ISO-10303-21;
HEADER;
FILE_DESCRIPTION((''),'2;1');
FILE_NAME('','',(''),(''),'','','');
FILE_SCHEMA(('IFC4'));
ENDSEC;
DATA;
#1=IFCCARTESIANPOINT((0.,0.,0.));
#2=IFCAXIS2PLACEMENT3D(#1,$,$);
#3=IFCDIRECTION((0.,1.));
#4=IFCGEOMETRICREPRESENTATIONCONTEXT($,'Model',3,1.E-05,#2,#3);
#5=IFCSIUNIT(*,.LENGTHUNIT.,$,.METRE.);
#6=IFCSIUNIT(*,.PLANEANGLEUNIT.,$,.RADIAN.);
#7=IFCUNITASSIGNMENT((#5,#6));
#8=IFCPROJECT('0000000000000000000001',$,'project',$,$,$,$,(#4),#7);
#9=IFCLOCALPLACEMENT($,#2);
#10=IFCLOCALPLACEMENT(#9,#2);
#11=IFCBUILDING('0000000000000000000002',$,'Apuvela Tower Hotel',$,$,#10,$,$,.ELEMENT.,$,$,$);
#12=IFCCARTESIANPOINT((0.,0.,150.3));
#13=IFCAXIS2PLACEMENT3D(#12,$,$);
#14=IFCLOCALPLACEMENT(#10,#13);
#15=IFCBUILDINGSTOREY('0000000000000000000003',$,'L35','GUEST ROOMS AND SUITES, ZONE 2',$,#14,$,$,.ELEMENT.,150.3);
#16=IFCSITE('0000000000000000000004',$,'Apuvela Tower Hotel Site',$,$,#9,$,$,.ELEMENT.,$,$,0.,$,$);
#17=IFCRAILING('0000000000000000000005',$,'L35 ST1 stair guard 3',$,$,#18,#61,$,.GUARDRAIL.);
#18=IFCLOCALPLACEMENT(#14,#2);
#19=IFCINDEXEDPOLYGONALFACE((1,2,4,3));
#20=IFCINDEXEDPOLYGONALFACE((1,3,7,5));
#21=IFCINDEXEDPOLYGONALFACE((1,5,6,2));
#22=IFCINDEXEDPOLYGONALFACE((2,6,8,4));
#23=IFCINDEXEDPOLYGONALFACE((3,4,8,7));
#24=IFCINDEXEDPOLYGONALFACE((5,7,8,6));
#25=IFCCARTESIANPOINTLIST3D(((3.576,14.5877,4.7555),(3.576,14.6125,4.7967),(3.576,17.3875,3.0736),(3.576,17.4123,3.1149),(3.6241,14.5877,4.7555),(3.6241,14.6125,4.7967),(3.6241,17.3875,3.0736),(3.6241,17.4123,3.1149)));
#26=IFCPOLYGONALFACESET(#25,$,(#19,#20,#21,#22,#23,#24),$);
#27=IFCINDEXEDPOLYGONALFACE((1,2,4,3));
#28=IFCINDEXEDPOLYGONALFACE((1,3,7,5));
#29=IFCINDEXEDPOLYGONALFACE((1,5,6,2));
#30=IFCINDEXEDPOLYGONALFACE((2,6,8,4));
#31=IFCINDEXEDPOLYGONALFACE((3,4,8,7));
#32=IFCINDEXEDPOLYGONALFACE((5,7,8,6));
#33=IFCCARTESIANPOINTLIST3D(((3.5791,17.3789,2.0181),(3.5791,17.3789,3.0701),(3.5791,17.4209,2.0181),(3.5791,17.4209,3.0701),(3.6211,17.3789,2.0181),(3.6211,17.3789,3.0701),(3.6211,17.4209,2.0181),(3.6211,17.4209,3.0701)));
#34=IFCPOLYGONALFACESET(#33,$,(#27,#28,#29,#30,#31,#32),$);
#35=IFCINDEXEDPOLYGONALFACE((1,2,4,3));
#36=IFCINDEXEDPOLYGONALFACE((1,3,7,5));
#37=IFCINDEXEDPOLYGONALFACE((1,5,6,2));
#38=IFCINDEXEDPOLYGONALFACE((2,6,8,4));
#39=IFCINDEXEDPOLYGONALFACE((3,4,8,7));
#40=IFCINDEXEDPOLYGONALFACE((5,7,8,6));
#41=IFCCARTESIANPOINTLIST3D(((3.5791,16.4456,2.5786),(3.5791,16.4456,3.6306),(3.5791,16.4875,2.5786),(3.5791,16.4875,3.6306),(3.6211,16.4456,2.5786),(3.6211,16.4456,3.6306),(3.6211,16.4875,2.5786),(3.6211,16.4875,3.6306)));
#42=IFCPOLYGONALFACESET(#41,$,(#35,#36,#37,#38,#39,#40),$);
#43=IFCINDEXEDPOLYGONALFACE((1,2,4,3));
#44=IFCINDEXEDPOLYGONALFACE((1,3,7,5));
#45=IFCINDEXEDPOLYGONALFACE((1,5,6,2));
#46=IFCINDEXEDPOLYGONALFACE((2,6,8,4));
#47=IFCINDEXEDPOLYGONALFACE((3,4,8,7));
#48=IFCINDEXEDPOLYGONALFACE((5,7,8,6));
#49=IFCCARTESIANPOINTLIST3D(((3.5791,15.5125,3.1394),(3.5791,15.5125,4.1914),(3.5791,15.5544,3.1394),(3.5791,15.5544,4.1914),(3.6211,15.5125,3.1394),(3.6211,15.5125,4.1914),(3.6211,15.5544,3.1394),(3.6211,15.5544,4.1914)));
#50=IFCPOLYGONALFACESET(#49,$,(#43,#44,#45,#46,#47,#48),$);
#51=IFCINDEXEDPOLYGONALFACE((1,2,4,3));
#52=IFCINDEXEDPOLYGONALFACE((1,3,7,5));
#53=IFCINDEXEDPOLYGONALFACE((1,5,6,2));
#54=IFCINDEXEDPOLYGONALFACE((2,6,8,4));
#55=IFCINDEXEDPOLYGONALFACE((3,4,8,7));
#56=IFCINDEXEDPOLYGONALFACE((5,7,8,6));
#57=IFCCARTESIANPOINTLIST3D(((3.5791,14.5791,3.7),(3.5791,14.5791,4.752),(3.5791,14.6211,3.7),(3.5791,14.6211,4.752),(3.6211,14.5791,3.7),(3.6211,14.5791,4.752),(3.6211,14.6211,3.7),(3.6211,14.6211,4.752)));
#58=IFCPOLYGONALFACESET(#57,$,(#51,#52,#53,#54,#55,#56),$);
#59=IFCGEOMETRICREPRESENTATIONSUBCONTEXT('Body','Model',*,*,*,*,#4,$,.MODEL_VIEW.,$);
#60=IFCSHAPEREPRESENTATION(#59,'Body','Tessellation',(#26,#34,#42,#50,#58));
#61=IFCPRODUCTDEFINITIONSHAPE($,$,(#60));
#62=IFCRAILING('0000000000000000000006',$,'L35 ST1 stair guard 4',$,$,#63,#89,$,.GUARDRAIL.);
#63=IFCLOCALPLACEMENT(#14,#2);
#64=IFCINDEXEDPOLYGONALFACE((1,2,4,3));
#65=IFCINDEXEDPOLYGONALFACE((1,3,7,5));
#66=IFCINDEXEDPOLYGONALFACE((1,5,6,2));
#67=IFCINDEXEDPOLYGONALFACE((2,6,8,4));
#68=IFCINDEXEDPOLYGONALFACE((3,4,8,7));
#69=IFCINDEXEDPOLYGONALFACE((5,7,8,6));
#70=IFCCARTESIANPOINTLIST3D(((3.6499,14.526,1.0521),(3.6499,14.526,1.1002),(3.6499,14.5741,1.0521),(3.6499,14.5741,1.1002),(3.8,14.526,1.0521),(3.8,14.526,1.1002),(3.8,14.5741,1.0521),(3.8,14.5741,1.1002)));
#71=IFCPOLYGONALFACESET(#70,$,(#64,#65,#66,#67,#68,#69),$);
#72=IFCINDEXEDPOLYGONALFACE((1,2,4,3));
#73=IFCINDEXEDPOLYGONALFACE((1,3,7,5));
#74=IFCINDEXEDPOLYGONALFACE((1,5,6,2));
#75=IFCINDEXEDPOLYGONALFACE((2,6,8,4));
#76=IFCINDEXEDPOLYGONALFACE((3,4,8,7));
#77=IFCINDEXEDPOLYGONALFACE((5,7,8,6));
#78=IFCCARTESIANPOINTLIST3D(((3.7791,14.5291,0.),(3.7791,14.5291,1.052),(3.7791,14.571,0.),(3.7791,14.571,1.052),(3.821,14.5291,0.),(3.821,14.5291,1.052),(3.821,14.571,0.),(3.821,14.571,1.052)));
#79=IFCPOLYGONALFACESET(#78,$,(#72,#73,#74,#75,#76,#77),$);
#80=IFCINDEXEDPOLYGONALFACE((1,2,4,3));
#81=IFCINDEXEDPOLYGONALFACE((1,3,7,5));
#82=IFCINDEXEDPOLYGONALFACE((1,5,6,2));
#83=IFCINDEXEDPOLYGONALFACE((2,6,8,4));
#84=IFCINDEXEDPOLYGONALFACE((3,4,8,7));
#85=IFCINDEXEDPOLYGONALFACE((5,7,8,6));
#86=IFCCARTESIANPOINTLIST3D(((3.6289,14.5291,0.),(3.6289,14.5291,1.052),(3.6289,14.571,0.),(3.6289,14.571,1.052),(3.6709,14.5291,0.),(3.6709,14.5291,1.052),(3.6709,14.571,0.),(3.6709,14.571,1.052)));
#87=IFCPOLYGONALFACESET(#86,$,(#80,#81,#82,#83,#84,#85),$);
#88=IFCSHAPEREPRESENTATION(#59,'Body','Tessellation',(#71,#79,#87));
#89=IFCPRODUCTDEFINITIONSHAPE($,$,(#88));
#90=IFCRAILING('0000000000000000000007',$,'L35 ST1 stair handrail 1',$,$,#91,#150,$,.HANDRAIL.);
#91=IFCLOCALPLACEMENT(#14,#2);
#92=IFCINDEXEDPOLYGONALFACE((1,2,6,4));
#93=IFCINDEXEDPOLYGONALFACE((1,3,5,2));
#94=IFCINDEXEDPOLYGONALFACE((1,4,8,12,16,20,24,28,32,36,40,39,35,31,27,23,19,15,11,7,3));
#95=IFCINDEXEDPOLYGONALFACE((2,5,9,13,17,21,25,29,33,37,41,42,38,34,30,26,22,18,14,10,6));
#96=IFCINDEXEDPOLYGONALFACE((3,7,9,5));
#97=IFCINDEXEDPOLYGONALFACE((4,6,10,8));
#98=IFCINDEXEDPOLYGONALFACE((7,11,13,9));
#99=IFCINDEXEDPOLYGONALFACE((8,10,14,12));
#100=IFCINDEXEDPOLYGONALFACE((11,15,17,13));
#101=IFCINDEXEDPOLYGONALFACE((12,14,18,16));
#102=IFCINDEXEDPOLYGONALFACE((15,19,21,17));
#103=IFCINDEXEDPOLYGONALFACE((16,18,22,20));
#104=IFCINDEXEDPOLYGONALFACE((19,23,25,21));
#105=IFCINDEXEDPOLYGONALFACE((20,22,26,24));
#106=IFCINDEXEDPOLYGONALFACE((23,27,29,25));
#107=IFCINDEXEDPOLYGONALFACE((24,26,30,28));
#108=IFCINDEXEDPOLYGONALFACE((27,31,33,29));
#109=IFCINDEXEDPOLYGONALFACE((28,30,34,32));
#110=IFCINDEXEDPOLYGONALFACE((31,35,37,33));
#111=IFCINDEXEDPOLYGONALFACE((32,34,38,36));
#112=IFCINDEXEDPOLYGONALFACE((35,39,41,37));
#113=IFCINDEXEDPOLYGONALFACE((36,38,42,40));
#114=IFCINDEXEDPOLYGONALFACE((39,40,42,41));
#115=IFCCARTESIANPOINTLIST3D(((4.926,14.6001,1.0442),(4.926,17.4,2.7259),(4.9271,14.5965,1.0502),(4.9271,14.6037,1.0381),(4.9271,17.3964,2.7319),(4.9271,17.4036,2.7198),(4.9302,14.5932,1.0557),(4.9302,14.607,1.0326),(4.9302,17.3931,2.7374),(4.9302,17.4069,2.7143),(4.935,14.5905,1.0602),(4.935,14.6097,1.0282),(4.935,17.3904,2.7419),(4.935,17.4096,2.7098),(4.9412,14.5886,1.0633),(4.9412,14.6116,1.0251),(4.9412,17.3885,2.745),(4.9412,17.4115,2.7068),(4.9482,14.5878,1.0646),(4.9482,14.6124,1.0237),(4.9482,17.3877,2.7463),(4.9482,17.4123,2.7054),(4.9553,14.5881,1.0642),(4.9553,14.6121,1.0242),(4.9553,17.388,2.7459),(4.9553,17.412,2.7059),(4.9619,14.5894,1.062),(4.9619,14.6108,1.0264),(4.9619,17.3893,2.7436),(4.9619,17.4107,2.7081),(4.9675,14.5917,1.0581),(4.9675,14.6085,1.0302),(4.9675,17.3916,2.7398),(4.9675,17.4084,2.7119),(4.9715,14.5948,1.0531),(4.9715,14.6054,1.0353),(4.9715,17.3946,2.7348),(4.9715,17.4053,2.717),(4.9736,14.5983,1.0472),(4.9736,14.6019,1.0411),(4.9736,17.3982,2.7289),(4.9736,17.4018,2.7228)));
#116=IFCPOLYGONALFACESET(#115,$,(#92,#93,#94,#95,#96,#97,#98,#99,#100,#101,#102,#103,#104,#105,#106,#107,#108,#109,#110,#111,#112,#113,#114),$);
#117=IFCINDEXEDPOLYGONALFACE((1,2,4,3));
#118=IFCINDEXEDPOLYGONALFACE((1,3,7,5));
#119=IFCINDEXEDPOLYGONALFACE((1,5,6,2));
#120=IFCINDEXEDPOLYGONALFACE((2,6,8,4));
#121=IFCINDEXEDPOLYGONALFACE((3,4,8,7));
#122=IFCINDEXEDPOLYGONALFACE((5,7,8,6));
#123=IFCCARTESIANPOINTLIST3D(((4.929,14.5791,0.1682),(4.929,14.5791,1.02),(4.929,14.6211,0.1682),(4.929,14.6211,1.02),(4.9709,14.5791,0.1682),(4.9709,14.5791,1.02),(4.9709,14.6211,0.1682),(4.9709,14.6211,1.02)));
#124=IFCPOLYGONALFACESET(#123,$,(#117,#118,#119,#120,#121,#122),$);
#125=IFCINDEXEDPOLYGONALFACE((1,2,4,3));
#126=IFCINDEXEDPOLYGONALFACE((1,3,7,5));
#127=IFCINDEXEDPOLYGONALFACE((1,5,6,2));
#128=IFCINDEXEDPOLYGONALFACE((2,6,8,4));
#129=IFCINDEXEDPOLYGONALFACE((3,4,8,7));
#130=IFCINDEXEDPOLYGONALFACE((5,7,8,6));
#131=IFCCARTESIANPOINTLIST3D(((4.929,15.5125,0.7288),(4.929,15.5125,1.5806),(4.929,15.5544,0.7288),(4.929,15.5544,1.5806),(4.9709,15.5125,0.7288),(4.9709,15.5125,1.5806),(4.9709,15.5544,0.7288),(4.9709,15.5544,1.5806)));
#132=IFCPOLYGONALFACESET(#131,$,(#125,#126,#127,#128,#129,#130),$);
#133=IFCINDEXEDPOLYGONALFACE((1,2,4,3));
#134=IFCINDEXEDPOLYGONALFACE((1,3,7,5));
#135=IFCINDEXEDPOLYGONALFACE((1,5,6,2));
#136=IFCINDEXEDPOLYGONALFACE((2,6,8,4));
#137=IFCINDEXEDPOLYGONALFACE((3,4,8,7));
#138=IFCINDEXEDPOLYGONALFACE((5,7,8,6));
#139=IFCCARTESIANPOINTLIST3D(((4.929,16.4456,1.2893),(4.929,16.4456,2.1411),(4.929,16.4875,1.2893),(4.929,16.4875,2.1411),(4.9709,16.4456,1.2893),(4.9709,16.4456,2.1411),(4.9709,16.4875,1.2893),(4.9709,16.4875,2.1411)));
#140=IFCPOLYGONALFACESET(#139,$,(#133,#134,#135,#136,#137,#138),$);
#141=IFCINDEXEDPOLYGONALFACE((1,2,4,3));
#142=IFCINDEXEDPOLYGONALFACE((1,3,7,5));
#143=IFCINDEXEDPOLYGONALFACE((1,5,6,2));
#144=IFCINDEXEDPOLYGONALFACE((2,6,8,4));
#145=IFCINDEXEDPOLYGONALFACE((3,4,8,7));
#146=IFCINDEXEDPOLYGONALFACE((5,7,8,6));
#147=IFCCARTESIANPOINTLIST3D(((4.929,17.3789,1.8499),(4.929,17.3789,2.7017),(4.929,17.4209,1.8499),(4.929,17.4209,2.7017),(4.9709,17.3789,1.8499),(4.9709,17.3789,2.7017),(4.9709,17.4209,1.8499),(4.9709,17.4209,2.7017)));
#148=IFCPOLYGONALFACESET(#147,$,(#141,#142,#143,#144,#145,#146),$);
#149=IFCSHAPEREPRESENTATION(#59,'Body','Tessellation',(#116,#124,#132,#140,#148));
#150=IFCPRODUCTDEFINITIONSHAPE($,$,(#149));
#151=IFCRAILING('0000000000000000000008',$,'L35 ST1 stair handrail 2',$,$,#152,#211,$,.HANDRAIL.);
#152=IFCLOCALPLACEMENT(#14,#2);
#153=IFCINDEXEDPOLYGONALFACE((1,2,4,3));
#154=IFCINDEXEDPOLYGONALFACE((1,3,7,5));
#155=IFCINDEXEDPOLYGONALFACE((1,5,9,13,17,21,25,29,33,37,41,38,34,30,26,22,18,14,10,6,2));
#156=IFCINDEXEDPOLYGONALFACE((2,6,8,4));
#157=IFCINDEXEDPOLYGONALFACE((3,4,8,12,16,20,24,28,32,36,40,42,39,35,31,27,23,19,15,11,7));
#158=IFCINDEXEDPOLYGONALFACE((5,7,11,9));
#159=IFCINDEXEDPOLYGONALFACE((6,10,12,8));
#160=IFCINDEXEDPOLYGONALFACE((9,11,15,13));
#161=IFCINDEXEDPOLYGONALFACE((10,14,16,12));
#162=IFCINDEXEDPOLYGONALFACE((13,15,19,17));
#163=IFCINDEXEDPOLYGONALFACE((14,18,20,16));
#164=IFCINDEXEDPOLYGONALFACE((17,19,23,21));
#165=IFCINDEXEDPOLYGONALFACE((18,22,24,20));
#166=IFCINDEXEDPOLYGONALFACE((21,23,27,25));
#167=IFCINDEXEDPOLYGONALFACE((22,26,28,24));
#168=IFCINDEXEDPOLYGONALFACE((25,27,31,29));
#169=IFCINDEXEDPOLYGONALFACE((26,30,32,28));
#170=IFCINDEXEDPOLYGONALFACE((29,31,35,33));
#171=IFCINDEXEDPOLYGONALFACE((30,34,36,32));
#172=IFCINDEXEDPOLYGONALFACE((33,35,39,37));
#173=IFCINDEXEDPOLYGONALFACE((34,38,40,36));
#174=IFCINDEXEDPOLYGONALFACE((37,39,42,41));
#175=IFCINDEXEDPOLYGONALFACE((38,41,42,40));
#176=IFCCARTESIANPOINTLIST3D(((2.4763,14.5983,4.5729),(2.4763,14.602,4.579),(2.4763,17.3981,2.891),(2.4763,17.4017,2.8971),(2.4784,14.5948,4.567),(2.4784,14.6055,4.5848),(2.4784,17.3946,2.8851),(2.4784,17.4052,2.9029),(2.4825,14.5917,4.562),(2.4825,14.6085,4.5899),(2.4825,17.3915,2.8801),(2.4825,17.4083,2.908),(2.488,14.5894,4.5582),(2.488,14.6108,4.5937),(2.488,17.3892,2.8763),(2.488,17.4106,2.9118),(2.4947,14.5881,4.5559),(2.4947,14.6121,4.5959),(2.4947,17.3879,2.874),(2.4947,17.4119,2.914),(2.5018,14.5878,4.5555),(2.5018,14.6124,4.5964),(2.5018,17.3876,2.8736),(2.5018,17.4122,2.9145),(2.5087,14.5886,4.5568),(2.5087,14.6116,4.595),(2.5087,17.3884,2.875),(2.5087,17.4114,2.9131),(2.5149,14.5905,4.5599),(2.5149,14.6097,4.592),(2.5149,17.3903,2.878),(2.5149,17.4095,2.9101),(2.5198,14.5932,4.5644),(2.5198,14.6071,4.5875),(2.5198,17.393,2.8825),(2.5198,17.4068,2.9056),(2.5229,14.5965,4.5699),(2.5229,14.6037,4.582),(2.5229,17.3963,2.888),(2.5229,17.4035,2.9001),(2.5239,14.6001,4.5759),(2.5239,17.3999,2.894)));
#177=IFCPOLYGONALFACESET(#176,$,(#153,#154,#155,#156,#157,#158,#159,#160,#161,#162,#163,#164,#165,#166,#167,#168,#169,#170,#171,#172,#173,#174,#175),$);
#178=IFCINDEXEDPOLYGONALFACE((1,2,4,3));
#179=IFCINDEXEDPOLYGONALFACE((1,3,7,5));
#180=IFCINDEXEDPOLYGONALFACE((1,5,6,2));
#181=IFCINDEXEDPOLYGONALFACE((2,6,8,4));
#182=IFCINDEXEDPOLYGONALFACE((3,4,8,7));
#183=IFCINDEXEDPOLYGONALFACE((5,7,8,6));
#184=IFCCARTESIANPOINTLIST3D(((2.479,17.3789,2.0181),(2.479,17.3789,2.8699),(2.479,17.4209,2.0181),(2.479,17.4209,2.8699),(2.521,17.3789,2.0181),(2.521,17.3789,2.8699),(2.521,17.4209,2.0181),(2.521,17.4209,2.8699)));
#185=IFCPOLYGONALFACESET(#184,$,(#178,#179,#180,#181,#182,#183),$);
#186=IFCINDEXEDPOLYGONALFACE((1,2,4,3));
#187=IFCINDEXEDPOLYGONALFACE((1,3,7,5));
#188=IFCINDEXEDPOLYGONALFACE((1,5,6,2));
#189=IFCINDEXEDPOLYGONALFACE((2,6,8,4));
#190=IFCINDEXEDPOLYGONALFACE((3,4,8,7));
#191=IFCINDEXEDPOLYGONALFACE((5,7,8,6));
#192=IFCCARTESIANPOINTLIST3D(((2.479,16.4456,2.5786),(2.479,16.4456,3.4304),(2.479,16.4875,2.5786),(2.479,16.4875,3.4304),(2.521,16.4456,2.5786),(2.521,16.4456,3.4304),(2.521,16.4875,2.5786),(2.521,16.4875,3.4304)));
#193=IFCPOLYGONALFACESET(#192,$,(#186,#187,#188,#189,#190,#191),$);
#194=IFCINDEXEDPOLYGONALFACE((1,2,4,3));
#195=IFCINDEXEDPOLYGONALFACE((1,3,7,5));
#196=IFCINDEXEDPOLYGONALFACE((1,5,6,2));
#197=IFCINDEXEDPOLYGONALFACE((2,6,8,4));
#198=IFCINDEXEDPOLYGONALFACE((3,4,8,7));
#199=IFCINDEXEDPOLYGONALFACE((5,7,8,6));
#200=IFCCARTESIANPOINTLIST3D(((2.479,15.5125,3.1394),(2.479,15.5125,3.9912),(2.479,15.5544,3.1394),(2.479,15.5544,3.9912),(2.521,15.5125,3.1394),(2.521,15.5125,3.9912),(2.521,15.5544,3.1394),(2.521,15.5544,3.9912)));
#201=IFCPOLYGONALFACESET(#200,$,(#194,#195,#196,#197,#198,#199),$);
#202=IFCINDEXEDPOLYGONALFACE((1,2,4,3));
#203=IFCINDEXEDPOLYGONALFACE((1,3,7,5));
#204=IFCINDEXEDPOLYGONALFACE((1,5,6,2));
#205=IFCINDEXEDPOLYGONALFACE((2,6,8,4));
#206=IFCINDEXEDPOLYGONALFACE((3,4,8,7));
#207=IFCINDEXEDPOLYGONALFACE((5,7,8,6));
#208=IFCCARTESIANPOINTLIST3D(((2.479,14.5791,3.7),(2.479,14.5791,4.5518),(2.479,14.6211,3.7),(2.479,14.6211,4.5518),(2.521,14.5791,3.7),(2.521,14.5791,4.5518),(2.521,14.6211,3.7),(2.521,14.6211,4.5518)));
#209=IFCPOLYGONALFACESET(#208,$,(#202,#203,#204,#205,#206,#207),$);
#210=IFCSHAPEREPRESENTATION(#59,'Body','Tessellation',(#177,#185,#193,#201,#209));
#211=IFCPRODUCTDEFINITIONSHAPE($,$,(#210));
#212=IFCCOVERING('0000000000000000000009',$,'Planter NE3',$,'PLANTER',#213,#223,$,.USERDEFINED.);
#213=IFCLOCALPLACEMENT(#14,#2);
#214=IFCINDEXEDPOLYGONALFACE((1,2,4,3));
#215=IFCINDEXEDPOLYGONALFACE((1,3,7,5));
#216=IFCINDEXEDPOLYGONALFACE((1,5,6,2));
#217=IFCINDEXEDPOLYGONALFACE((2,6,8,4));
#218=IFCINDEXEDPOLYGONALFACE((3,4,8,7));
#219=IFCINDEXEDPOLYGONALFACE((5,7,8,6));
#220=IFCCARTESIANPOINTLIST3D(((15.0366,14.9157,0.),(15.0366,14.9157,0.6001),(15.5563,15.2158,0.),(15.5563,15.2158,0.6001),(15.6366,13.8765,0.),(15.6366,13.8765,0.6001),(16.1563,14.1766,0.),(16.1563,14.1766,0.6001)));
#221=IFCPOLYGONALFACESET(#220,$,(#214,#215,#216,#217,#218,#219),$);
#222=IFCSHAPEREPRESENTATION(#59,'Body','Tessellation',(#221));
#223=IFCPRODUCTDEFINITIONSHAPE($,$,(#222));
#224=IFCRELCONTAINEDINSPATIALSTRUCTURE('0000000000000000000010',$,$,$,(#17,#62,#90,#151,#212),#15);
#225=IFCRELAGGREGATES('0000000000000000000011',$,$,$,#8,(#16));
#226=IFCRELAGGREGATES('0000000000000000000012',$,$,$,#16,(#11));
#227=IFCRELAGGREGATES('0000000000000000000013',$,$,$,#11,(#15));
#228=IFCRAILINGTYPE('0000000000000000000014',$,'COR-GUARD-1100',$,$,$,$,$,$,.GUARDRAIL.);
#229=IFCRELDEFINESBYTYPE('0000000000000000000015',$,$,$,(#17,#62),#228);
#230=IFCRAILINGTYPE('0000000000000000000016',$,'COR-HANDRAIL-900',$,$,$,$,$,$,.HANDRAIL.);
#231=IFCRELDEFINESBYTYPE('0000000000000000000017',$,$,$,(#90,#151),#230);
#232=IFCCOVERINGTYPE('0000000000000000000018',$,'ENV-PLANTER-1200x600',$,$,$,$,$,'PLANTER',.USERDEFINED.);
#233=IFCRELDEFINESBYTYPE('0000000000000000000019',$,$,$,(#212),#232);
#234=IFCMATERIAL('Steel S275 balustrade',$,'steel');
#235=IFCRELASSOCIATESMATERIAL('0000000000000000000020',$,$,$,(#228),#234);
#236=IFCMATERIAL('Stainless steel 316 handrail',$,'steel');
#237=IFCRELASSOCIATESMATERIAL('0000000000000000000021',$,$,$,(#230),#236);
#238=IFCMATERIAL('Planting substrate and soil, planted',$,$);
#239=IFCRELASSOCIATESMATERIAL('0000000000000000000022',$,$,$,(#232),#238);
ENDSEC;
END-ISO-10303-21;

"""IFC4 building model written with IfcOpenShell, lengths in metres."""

from ifc_helpers import new_model, si_unit, direction, frame, origin, origin_2d, place, context, subcontext, project, spatial, rectangle, circle, extrude, material, type_object, element, save


model = new_model("IFC4")

# Units and contexts
model_context = context("Model", 3, precision=1e-05, world=origin(), true_north=direction((0.0, 1.0)))
body_context = subcontext(model_context, "Body", "Model", "MODEL_VIEW")
ifc_project = project(units=[si_unit("LENGTHUNIT", "METRE"), si_unit("PLANEANGLEUNIT", "RADIAN")], contexts=[model_context])

# Site, building, storey
site_placement = place(None, origin())
site = spatial("IfcSite", under=ifc_project, at=site_placement, Name="Apuvela Tower Hotel Site", CompositionType="ELEMENT", RefElevation=0.0)
building_placement = place(site_placement, origin())
building = spatial("IfcBuilding", under=site, at=building_placement, Name="Apuvela Tower Hotel", CompositionType="ELEMENT")
storey_placement = place(building_placement, frame((0.0, 0.0, 150.3)))
storey = spatial("IfcBuildingStorey", under=building, at=storey_placement, Name="L35", Description="GUEST ROOMS AND SUITES, ZONE 2", CompositionType="ELEMENT", Elevation=150.3)

# Railings
ifc_material_1 = material(Name="Steel S275 balustrade", Category="steel")
railing_type_1 = type_object("IfcRailingType", Name="COR-GUARD-1100", PredefinedType="GUARDRAIL", material=ifc_material_1)
railing_1_placement = place(storey_placement, frame((3.6001, 17.3999, 2.0181)))
element("IfcRailing", 1, at=railing_1_placement, inside=storey, type_object=railing_type_1, Name="L35 ST1 stair guard 3", PredefinedType="GUARDRAIL", context=body_context, shape_type="SweptSolid", body=[
    extrude(rectangle(XDim=0.0481, YDim=0.0481, at=origin_2d()), frame((0.0, 0.0, 1.0762), z_axis=(0.0, -0.857222, 0.514946), x_axis=(1.0, 0.0, 0.0)), (0.0, 0.0, 1.0), 3.2661),
    extrude(rectangle(XDim=0.042, YDim=0.042, at=origin_2d()), origin(), (0.0, 0.0, 1.0), 1.052),
    extrude(rectangle(XDim=0.042, YDim=0.042, at=origin_2d()), frame((0.0, -0.9333, 0.5605)), (0.0, 0.0, 1.0), 1.052),
    extrude(rectangle(XDim=0.042, YDim=0.042, at=origin_2d()), frame((0.0, -1.8665, 1.1213)), (0.0, 0.0, 1.0), 1.052),
    extrude(rectangle(XDim=0.042, YDim=0.042, at=origin_2d()), frame((0.0, -2.7998, 1.6819)), (0.0, 0.0, 1.0), 1.052),
])
railing_2_placement = place(storey_placement, frame((3.8, 14.55, 0.0)))
element("IfcRailing", 2, at=railing_2_placement, inside=storey, type_object=railing_type_1, Name="L35 ST1 stair guard 4", PredefinedType="GUARDRAIL", context=body_context, shape_type="SweptSolid", body=[
    extrude(rectangle(XDim=0.0481, YDim=0.0481, at=origin_2d()), frame((0.0, 0.0, 1.0762), z_axis=(-1.0, 0.0, 0.0), x_axis=(0.0, -1.0, 0.0)), (0.0, 0.0, 1.0), 0.1501),
    extrude(rectangle(XDim=0.042, YDim=0.042, at=origin_2d()), origin(), (0.0, 0.0, 1.0), 1.052),
    extrude(rectangle(XDim=0.042, YDim=0.042, at=origin_2d()), frame((-0.1501, 0.0, 0.0)), (0.0, 0.0, 1.0), 1.052),
])
ifc_material_2 = material(Name="Stainless steel 316 handrail", Category="steel")
railing_type_2 = type_object("IfcRailingType", Name="COR-HANDRAIL-900", PredefinedType="HANDRAIL", material=ifc_material_2)
railing_3_placement = place(storey_placement, frame((4.95, 14.6001, 0.1682)))
element("IfcRailing", 3, at=railing_3_placement, inside=storey, type_object=railing_type_2, Name="L35 ST1 stair handrail 1", PredefinedType="HANDRAIL", context=body_context, shape_type="SweptSolid", body=[
    extrude(circle(Radius=0.0239, at=origin_2d()), frame((0.0, 0.0, 0.876), z_axis=(0.0, 0.857255, 0.514891), x_axis=(-1.0, 0.0, 0.0)), (0.0, 0.0, 1.0), 3.2661),
    extrude(rectangle(XDim=0.042, YDim=0.042, at=origin_2d()), origin(), (0.0, 0.0, 1.0), 0.8518),
    extrude(rectangle(XDim=0.042, YDim=0.042, at=origin_2d()), frame((0.0, 0.9333, 0.5605)), (0.0, 0.0, 1.0), 0.8518),
    extrude(rectangle(XDim=0.042, YDim=0.042, at=origin_2d()), frame((0.0, 1.8665, 1.1211)), (0.0, 0.0, 1.0), 0.8518),
    extrude(rectangle(XDim=0.042, YDim=0.042, at=origin_2d()), frame((0.0, 2.7998, 1.6816)), (0.0, 0.0, 1.0), 0.8518),
])
railing_4_placement = place(storey_placement, frame((2.5, 17.3999, 2.0181)))
element("IfcRailing", 4, at=railing_4_placement, inside=storey, type_object=railing_type_2, Name="L35 ST1 stair handrail 2", PredefinedType="HANDRAIL", context=body_context, shape_type="SweptSolid", body=[
    extrude(circle(Radius=0.0239, at=origin_2d()), frame((0.0, 0.0, 0.876), z_axis=(0.0, -0.857222, 0.514946), x_axis=(1.0, 0.0, 0.0)), (0.0, 0.0, 1.0), 3.2661),
    extrude(rectangle(XDim=0.042, YDim=0.042, at=origin_2d()), origin(), (0.0, 0.0, 1.0), 0.8518),
    extrude(rectangle(XDim=0.042, YDim=0.042, at=origin_2d()), frame((0.0, -0.9333, 0.5605)), (0.0, 0.0, 1.0), 0.8518),
    extrude(rectangle(XDim=0.042, YDim=0.042, at=origin_2d()), frame((0.0, -1.8665, 1.1213)), (0.0, 0.0, 1.0), 0.8518),
    extrude(rectangle(XDim=0.042, YDim=0.042, at=origin_2d()), frame((0.0, -2.7998, 1.6819)), (0.0, 0.0, 1.0), 0.8518),
])

# Covering
ifc_material_3 = material(Name="Planting substrate and soil, planted")
covering_type = type_object("IfcCoveringType", Name="ENV-PLANTER-1200x600", ElementType="PLANTER", PredefinedType="USERDEFINED", material=ifc_material_3)
covering_placement = place(storey_placement, frame((15.5964, 14.5461, 0.0), z_axis=(0.0, 0.0, 1.0), x_axis=(-0.5, 0.866025, 0.0)))
element("IfcCovering", 5, at=covering_placement, inside=storey, type_object=covering_type, Name="Planter NE3", ObjectType="PLANTER", PredefinedType="USERDEFINED", context=body_context, shape_type="SweptSolid", body=[
    extrude(rectangle(XDim=1.2, YDim=0.6001, at=origin_2d()), origin(), (0.0, 0.0, 1.0), 0.6001),
])

save(model, "model.ifc")
